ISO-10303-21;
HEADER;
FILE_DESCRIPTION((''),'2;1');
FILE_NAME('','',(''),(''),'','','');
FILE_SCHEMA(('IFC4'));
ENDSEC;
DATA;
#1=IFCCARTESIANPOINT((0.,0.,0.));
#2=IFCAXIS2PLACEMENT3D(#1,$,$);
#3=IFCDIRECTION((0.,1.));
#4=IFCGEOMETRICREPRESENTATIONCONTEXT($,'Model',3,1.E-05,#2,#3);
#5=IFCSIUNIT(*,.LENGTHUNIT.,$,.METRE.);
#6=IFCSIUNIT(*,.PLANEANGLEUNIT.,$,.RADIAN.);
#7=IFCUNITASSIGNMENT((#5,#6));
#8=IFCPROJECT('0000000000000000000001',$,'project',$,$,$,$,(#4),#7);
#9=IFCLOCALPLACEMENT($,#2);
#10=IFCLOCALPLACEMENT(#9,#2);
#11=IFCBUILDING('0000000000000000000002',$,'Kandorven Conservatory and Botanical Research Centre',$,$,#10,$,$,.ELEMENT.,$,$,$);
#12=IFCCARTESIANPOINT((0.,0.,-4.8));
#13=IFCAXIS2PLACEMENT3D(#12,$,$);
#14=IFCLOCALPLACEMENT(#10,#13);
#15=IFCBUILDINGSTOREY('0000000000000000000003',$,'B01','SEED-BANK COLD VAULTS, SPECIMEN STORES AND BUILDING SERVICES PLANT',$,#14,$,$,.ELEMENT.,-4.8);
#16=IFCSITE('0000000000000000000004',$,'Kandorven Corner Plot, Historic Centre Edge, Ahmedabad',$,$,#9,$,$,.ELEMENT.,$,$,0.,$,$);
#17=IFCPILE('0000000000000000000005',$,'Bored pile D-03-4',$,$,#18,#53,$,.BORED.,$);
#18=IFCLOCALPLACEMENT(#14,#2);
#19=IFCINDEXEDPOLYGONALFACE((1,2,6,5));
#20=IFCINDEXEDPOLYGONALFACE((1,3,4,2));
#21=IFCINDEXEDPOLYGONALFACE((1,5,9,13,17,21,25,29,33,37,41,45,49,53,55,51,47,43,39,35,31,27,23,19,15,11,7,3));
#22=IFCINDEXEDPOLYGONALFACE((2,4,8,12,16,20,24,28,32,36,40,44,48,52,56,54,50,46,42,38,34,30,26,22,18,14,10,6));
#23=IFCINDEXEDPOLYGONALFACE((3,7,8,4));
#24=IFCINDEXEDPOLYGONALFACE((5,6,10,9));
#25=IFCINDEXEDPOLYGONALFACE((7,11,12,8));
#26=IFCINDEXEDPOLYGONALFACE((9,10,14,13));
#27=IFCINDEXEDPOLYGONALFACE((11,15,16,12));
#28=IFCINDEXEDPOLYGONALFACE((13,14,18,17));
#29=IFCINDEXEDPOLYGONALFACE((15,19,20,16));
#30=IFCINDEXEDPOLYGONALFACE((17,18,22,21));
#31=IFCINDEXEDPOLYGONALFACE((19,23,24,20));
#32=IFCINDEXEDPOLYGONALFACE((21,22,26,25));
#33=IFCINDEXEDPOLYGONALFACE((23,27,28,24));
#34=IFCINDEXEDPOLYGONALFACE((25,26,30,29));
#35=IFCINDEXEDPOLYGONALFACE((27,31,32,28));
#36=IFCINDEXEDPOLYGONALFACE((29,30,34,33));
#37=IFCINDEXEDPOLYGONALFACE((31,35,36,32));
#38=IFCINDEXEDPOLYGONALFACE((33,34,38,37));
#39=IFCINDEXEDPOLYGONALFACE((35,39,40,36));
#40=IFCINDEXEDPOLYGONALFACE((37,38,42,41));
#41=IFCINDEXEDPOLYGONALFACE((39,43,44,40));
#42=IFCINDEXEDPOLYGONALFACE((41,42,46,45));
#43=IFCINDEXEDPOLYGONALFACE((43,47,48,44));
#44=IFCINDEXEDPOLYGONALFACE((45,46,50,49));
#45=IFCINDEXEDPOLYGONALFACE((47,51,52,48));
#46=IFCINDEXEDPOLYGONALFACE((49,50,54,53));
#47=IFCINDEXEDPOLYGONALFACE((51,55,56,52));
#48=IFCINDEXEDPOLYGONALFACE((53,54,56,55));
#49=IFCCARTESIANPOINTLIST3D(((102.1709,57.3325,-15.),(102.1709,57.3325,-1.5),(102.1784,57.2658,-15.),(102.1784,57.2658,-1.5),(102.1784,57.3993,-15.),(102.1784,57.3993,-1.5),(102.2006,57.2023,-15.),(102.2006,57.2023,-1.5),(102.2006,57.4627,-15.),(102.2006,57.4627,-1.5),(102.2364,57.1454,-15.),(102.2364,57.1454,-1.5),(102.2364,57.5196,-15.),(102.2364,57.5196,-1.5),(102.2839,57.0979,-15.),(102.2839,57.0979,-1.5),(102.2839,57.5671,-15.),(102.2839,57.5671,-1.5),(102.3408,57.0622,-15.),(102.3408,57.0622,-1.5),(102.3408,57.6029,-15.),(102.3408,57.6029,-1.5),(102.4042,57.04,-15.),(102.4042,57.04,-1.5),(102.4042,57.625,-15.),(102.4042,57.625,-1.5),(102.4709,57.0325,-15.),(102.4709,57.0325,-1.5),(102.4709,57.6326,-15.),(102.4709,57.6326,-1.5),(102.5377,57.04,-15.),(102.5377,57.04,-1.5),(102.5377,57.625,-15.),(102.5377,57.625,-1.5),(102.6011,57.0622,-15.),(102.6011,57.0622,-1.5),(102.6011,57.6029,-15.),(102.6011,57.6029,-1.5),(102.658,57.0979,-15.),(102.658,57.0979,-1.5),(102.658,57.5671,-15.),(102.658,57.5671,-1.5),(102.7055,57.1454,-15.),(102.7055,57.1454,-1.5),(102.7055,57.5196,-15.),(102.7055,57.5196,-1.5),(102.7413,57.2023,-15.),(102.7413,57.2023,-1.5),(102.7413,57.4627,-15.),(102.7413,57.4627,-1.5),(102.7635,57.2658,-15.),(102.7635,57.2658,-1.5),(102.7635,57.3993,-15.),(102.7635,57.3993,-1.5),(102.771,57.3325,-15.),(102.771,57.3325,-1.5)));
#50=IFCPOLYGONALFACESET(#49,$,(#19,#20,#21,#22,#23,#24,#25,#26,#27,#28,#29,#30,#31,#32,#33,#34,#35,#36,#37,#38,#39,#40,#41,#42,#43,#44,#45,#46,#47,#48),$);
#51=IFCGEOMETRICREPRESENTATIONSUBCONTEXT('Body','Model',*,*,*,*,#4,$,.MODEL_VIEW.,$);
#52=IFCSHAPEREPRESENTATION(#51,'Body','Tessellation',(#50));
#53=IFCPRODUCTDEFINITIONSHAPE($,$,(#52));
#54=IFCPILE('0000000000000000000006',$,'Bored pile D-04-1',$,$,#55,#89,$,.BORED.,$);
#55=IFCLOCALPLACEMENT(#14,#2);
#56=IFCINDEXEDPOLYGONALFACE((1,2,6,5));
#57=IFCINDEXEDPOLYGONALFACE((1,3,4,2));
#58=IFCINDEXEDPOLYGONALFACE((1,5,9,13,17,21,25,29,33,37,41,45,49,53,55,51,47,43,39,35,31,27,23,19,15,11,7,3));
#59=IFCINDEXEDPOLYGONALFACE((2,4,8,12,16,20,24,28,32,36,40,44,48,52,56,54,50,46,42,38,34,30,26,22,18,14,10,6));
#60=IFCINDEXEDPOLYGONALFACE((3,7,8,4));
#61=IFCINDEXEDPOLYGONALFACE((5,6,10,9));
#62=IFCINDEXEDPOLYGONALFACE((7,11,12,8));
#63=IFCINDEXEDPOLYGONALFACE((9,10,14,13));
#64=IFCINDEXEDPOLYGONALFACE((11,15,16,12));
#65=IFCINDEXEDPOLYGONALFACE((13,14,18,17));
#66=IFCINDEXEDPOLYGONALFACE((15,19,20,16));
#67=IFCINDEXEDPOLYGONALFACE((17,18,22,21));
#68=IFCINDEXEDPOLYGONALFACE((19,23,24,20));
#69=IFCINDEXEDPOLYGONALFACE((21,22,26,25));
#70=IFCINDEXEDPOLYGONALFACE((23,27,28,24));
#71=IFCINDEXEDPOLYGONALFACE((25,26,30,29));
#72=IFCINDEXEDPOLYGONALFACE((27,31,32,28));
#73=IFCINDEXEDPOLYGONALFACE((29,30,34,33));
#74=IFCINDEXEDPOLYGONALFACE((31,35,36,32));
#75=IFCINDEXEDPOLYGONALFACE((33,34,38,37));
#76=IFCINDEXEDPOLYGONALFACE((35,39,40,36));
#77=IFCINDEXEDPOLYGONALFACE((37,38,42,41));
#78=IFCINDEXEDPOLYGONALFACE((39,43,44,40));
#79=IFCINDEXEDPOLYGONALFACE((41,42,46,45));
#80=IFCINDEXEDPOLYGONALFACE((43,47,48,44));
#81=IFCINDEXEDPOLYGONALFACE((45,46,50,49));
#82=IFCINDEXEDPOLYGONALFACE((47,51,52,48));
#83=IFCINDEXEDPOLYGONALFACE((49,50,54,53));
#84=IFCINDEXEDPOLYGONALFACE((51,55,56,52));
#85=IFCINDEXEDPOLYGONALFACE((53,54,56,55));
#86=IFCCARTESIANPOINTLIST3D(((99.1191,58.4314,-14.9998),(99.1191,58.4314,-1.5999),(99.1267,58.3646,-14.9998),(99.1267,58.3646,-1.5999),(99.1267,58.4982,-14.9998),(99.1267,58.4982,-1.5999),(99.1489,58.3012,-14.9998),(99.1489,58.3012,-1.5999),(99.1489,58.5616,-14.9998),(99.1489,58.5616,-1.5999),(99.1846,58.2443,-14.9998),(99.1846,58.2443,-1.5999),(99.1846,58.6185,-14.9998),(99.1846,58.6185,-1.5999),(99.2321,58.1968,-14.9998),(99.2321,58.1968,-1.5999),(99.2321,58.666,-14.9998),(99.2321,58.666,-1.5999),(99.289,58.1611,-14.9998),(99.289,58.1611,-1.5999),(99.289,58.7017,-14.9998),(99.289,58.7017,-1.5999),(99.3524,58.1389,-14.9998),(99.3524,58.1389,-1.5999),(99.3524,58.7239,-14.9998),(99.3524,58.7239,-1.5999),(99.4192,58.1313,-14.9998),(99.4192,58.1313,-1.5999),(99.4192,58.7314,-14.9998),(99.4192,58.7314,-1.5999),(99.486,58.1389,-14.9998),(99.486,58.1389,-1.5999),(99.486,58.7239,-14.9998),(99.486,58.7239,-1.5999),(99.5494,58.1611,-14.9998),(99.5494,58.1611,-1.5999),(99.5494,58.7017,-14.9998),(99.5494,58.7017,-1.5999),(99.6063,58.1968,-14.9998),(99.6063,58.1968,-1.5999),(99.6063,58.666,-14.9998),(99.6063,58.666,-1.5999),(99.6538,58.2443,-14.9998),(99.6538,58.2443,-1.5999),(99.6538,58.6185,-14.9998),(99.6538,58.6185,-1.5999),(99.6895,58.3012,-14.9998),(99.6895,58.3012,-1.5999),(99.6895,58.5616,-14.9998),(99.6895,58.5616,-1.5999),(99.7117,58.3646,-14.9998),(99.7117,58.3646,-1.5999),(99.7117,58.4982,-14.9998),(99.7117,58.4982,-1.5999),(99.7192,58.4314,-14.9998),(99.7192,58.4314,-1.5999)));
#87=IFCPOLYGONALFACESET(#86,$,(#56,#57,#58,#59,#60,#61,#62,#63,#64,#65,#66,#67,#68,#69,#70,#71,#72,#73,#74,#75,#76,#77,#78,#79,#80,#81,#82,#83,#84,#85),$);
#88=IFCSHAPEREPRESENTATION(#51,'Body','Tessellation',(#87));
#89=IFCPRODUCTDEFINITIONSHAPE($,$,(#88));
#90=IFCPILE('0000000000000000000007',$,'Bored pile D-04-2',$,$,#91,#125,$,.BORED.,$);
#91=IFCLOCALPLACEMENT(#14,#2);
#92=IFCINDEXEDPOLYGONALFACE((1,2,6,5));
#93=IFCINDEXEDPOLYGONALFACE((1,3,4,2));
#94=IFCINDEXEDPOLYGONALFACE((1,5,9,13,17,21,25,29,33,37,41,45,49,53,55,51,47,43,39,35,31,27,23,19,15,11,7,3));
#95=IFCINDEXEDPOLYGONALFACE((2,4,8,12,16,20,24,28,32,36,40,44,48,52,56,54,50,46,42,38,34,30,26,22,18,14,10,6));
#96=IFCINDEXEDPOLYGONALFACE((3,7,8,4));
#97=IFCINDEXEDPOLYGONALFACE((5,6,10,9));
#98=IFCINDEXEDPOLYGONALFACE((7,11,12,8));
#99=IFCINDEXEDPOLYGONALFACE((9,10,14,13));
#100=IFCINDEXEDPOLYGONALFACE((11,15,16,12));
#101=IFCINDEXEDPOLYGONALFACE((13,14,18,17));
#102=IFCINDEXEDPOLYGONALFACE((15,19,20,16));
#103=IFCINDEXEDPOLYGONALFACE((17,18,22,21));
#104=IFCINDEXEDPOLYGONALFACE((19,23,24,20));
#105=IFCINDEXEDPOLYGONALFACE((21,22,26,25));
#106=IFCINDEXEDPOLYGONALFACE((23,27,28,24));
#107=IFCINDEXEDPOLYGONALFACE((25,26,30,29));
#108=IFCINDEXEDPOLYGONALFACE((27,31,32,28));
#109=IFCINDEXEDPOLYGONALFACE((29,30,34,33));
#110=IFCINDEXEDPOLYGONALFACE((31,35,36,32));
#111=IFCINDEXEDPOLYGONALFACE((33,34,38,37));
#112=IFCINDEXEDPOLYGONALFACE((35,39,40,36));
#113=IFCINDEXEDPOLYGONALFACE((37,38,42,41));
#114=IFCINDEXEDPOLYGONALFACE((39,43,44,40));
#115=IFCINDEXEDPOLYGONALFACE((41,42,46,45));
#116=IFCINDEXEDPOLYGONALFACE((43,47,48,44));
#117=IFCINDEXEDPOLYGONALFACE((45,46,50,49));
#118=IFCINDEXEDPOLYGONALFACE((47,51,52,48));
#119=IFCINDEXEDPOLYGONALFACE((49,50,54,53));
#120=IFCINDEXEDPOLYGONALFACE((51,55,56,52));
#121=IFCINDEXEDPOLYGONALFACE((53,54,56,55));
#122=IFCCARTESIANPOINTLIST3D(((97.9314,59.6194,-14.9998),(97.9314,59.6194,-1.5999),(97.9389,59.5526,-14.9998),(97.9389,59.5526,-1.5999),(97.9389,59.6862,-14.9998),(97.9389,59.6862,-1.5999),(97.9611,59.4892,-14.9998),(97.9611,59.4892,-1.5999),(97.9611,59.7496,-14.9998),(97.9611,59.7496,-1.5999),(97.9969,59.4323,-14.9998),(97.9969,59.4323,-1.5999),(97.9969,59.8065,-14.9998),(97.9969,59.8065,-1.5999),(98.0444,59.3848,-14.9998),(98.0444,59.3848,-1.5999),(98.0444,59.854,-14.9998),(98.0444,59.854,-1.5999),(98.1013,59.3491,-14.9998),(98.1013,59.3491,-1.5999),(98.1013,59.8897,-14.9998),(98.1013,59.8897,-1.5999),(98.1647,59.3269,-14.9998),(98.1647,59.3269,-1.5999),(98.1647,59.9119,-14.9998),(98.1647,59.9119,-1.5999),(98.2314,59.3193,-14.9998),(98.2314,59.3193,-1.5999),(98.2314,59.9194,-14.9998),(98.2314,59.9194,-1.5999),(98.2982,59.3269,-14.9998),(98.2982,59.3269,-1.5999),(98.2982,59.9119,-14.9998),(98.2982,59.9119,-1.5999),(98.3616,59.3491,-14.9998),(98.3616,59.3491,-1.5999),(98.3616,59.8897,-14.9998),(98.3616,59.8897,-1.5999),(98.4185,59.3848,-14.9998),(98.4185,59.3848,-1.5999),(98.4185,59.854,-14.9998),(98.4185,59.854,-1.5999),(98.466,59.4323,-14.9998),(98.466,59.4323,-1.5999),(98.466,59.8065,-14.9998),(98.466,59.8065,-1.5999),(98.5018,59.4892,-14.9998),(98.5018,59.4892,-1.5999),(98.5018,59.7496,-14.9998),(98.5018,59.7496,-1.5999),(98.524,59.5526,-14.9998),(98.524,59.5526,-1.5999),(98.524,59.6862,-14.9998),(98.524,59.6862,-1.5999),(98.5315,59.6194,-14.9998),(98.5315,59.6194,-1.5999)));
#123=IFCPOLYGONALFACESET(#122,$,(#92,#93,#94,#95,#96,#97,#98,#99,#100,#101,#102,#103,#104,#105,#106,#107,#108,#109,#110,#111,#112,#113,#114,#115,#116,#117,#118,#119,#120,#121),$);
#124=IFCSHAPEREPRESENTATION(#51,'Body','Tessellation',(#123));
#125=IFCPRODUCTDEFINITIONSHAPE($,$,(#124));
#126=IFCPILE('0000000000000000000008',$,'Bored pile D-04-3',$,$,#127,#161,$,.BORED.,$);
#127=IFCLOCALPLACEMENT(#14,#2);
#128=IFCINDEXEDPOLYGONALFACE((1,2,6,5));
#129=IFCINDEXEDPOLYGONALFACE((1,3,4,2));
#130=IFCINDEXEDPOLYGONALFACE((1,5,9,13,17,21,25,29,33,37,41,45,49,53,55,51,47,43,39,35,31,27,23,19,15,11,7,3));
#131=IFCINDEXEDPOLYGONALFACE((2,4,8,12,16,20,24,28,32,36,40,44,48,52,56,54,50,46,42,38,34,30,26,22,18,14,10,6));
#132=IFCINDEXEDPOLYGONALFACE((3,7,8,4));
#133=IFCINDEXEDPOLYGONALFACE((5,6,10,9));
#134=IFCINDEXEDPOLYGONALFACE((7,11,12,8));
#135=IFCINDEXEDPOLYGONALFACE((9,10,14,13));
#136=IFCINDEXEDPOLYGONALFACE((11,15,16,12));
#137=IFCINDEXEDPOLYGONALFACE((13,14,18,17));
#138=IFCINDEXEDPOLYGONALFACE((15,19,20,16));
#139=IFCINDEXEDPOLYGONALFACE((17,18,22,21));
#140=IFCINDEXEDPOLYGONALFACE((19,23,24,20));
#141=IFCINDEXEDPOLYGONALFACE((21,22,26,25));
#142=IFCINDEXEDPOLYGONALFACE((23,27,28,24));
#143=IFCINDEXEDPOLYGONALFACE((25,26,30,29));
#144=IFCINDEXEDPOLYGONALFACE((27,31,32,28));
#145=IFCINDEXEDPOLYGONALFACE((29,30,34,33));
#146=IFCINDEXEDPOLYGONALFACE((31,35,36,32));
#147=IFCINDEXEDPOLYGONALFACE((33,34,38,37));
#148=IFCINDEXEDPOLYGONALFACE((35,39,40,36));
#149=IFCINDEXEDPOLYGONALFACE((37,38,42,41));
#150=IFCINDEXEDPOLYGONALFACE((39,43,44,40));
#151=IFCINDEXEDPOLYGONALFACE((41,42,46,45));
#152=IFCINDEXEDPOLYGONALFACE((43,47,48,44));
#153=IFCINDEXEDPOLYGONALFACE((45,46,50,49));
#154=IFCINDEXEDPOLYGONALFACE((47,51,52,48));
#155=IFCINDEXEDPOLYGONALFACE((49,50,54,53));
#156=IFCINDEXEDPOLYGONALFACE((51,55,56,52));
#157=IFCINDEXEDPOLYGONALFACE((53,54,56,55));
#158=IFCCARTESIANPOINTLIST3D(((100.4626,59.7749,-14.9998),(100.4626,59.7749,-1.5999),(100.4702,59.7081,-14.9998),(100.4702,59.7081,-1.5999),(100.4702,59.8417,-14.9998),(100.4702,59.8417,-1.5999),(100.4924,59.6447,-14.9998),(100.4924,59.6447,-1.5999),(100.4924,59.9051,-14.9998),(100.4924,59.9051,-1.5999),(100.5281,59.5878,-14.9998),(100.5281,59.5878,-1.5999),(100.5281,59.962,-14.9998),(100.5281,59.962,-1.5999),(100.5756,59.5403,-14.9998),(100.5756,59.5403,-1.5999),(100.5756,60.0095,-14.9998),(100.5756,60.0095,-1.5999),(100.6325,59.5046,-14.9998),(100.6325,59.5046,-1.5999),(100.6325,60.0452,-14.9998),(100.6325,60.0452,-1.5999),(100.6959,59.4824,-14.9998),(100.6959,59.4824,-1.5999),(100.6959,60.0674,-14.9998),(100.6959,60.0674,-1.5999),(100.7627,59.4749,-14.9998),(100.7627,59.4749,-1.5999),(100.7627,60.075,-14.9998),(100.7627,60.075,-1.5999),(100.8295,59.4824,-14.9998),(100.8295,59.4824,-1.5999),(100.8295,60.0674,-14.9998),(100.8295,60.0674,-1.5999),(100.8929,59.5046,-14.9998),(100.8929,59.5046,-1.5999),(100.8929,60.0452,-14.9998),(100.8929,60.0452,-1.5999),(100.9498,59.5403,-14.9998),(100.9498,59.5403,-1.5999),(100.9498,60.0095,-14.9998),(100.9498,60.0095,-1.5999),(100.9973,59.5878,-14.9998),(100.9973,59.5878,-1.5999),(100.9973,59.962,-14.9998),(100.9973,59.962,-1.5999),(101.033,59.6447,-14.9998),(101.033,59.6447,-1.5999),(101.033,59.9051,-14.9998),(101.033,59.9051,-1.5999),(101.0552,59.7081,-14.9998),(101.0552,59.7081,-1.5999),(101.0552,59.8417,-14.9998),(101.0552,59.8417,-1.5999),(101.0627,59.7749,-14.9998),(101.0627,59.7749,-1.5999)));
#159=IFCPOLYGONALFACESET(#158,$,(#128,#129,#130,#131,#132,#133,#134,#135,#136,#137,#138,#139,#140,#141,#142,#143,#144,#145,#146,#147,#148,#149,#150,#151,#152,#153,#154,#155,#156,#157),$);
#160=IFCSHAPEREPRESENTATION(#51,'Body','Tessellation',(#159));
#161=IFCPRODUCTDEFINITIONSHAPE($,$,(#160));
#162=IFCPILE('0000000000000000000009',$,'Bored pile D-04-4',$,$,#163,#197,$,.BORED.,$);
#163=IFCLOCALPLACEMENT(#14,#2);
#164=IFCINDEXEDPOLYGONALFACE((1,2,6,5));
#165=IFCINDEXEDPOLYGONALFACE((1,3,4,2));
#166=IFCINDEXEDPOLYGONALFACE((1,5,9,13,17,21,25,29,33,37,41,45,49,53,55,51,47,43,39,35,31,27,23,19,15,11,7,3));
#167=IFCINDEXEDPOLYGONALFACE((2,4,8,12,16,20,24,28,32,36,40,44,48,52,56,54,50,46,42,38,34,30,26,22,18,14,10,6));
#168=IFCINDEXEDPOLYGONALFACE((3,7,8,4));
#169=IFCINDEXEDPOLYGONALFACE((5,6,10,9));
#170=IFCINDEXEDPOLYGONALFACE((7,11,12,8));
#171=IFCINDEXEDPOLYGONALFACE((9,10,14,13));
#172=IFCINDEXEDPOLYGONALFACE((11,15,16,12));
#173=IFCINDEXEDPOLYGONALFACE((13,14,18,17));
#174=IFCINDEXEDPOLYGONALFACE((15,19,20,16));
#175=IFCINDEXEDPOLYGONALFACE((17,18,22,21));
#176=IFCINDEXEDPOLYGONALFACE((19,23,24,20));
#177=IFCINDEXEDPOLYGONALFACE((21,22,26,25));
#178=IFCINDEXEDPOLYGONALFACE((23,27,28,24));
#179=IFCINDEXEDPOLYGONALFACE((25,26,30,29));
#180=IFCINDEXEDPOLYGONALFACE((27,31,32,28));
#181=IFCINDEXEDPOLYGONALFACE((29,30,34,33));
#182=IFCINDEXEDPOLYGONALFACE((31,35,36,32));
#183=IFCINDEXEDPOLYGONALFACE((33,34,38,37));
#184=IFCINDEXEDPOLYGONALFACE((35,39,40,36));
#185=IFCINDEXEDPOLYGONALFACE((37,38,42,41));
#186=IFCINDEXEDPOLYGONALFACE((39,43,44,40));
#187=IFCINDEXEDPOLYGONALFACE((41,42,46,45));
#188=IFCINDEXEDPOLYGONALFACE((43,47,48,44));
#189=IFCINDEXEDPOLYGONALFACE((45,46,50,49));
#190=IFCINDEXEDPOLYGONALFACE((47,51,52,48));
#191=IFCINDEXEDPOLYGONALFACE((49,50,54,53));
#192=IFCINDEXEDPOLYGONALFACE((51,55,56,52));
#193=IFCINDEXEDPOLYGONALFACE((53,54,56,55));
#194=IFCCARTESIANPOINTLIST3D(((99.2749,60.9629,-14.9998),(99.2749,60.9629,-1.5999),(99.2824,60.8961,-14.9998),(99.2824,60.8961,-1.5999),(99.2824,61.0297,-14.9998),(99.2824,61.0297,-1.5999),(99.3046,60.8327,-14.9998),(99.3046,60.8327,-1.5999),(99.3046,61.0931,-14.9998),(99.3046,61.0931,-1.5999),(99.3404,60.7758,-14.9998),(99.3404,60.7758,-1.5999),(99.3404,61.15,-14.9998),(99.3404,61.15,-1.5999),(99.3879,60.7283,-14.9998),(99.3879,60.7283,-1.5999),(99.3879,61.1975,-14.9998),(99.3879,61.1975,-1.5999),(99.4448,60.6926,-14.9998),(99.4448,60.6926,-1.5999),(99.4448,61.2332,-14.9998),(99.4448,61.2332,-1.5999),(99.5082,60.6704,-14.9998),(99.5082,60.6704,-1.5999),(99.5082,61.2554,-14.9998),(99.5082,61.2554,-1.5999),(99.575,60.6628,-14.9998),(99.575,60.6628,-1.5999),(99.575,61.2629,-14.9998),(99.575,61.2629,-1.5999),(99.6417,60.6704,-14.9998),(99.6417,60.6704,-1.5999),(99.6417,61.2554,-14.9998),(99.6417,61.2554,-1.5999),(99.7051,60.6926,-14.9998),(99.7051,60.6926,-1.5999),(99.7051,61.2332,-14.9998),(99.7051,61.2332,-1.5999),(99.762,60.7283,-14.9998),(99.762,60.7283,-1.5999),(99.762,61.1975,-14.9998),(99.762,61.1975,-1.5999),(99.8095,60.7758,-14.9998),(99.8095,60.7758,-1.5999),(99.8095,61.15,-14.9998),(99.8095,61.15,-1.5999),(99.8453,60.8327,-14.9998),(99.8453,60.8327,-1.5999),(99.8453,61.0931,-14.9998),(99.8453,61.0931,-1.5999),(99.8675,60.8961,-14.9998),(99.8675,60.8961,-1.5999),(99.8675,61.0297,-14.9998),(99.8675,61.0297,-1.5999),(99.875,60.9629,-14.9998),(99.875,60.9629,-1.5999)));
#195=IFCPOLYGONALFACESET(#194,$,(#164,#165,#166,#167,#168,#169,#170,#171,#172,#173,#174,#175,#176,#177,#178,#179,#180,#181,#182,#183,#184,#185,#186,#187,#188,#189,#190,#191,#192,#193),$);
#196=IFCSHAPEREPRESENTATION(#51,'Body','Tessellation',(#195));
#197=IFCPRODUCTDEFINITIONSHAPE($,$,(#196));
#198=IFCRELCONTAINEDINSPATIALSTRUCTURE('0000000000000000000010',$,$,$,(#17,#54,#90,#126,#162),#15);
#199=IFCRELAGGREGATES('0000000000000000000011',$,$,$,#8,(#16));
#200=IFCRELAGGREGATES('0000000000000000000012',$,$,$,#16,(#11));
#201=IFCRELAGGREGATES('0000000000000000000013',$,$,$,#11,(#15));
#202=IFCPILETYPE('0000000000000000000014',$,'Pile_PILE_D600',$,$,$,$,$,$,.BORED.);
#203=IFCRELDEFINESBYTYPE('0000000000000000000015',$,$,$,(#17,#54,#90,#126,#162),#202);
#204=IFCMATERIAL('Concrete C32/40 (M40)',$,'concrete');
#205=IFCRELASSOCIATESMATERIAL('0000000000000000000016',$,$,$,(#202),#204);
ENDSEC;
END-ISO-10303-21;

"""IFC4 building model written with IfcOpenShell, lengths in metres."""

from ifc_helpers import new_model, si_unit, direction, frame, origin, origin_2d, place, context, subcontext, project, spatial, circle, extrude, material, material_profile, profile_set, type_object, element, save


model = new_model("IFC4")

# Units and contexts
model_context = context("Model", 3, precision=1e-05, world=origin(), true_north=direction((0.0, 1.0)))
body_context = subcontext(model_context, "Body", "Model", "MODEL_VIEW")
ifc_project = project(units=[si_unit("LENGTHUNIT", "METRE"), si_unit("PLANEANGLEUNIT", "RADIAN")], contexts=[model_context])

# Site, building, storey
site_placement = place(None, origin())
site = spatial("IfcSite", under=ifc_project, at=site_placement, Name="Kandorven Corner Plot, Historic Centre Edge, Ahmedabad", CompositionType="ELEMENT", RefElevation=0.0)
building_placement = place(site_placement, origin())
building = spatial("IfcBuilding", under=site, at=building_placement, Name="Kandorven Conservatory and Botanical Research Centre", CompositionType="ELEMENT")
storey_placement = place(building_placement, frame((0.0, 0.0, -4.8)))
storey = spatial("IfcBuildingStorey", under=building, at=storey_placement, Name="B01", Description="SEED-BANK COLD VAULTS, SPECIMEN STORES AND BUILDING SERVICES PLANT", CompositionType="ELEMENT", Elevation=-4.8)

# Piles
ifc_material_1 = material(Name="Concrete C32/40 (M40)", Category="concrete")
ifc_material_profile_1 = material_profile(ifc_material_1, circle(Radius=0.3, at=origin_2d()))
ifc_profile_set_1 = profile_set([ifc_material_profile_1], Name="Concrete C32/40 (M40)")
pile_type = type_object("IfcPileType", Name="Pile_PILE_D600", PredefinedType="BORED", material=ifc_profile_set_1)
for number, where, z_axis, x_axis, name in (
    (1, (102.4709, 57.3325, -1.5), (0.0, 0.0, -1.0), (1.0, 0.0, 0.0), "Bored pile D-03-4"),
):
    element("IfcPile", number, at=place(storey_placement, frame(where, z_axis=z_axis, x_axis=x_axis)), inside=storey, type_object=pile_type, Name=name, PredefinedType="BORED", context=body_context, shape_type="SweptSolid", body=[
        extrude(circle(Radius=0.3, at=origin_2d()), origin(), (0.0, 0.0, 1.0), 13.5),
    ])
for number, where, z_axis, x_axis, name in (
    (2, (99.4192, 58.4314, -1.5999), (0.0, 0.0, -1.0), (1.0, 0.0, 0.0), "Bored pile D-04-1"),
    (3, (98.2314, 59.6194, -1.5999), (0.0, 0.0, -1.0), (1.0, 0.0, 0.0), "Bored pile D-04-2"),
    (4, (100.7627, 59.7749, -1.5999), (0.0, 0.0, -1.0), (1.0, 0.0, 0.0), "Bored pile D-04-3"),
    (5, (99.575, 60.9629, -1.5999), (0.0, 0.0, -1.0), (1.0, 0.0, 0.0), "Bored pile D-04-4"),
):
    element("IfcPile", number, at=place(storey_placement, frame(where, z_axis=z_axis, x_axis=x_axis)), inside=storey, type_object=pile_type, Name=name, PredefinedType="BORED", context=body_context, shape_type="SweptSolid", body=[
        extrude(circle(Radius=0.3, at=origin_2d()), origin(), (0.0, 0.0, 1.0), 13.3999),
    ])

save(model, "model.ifc")
